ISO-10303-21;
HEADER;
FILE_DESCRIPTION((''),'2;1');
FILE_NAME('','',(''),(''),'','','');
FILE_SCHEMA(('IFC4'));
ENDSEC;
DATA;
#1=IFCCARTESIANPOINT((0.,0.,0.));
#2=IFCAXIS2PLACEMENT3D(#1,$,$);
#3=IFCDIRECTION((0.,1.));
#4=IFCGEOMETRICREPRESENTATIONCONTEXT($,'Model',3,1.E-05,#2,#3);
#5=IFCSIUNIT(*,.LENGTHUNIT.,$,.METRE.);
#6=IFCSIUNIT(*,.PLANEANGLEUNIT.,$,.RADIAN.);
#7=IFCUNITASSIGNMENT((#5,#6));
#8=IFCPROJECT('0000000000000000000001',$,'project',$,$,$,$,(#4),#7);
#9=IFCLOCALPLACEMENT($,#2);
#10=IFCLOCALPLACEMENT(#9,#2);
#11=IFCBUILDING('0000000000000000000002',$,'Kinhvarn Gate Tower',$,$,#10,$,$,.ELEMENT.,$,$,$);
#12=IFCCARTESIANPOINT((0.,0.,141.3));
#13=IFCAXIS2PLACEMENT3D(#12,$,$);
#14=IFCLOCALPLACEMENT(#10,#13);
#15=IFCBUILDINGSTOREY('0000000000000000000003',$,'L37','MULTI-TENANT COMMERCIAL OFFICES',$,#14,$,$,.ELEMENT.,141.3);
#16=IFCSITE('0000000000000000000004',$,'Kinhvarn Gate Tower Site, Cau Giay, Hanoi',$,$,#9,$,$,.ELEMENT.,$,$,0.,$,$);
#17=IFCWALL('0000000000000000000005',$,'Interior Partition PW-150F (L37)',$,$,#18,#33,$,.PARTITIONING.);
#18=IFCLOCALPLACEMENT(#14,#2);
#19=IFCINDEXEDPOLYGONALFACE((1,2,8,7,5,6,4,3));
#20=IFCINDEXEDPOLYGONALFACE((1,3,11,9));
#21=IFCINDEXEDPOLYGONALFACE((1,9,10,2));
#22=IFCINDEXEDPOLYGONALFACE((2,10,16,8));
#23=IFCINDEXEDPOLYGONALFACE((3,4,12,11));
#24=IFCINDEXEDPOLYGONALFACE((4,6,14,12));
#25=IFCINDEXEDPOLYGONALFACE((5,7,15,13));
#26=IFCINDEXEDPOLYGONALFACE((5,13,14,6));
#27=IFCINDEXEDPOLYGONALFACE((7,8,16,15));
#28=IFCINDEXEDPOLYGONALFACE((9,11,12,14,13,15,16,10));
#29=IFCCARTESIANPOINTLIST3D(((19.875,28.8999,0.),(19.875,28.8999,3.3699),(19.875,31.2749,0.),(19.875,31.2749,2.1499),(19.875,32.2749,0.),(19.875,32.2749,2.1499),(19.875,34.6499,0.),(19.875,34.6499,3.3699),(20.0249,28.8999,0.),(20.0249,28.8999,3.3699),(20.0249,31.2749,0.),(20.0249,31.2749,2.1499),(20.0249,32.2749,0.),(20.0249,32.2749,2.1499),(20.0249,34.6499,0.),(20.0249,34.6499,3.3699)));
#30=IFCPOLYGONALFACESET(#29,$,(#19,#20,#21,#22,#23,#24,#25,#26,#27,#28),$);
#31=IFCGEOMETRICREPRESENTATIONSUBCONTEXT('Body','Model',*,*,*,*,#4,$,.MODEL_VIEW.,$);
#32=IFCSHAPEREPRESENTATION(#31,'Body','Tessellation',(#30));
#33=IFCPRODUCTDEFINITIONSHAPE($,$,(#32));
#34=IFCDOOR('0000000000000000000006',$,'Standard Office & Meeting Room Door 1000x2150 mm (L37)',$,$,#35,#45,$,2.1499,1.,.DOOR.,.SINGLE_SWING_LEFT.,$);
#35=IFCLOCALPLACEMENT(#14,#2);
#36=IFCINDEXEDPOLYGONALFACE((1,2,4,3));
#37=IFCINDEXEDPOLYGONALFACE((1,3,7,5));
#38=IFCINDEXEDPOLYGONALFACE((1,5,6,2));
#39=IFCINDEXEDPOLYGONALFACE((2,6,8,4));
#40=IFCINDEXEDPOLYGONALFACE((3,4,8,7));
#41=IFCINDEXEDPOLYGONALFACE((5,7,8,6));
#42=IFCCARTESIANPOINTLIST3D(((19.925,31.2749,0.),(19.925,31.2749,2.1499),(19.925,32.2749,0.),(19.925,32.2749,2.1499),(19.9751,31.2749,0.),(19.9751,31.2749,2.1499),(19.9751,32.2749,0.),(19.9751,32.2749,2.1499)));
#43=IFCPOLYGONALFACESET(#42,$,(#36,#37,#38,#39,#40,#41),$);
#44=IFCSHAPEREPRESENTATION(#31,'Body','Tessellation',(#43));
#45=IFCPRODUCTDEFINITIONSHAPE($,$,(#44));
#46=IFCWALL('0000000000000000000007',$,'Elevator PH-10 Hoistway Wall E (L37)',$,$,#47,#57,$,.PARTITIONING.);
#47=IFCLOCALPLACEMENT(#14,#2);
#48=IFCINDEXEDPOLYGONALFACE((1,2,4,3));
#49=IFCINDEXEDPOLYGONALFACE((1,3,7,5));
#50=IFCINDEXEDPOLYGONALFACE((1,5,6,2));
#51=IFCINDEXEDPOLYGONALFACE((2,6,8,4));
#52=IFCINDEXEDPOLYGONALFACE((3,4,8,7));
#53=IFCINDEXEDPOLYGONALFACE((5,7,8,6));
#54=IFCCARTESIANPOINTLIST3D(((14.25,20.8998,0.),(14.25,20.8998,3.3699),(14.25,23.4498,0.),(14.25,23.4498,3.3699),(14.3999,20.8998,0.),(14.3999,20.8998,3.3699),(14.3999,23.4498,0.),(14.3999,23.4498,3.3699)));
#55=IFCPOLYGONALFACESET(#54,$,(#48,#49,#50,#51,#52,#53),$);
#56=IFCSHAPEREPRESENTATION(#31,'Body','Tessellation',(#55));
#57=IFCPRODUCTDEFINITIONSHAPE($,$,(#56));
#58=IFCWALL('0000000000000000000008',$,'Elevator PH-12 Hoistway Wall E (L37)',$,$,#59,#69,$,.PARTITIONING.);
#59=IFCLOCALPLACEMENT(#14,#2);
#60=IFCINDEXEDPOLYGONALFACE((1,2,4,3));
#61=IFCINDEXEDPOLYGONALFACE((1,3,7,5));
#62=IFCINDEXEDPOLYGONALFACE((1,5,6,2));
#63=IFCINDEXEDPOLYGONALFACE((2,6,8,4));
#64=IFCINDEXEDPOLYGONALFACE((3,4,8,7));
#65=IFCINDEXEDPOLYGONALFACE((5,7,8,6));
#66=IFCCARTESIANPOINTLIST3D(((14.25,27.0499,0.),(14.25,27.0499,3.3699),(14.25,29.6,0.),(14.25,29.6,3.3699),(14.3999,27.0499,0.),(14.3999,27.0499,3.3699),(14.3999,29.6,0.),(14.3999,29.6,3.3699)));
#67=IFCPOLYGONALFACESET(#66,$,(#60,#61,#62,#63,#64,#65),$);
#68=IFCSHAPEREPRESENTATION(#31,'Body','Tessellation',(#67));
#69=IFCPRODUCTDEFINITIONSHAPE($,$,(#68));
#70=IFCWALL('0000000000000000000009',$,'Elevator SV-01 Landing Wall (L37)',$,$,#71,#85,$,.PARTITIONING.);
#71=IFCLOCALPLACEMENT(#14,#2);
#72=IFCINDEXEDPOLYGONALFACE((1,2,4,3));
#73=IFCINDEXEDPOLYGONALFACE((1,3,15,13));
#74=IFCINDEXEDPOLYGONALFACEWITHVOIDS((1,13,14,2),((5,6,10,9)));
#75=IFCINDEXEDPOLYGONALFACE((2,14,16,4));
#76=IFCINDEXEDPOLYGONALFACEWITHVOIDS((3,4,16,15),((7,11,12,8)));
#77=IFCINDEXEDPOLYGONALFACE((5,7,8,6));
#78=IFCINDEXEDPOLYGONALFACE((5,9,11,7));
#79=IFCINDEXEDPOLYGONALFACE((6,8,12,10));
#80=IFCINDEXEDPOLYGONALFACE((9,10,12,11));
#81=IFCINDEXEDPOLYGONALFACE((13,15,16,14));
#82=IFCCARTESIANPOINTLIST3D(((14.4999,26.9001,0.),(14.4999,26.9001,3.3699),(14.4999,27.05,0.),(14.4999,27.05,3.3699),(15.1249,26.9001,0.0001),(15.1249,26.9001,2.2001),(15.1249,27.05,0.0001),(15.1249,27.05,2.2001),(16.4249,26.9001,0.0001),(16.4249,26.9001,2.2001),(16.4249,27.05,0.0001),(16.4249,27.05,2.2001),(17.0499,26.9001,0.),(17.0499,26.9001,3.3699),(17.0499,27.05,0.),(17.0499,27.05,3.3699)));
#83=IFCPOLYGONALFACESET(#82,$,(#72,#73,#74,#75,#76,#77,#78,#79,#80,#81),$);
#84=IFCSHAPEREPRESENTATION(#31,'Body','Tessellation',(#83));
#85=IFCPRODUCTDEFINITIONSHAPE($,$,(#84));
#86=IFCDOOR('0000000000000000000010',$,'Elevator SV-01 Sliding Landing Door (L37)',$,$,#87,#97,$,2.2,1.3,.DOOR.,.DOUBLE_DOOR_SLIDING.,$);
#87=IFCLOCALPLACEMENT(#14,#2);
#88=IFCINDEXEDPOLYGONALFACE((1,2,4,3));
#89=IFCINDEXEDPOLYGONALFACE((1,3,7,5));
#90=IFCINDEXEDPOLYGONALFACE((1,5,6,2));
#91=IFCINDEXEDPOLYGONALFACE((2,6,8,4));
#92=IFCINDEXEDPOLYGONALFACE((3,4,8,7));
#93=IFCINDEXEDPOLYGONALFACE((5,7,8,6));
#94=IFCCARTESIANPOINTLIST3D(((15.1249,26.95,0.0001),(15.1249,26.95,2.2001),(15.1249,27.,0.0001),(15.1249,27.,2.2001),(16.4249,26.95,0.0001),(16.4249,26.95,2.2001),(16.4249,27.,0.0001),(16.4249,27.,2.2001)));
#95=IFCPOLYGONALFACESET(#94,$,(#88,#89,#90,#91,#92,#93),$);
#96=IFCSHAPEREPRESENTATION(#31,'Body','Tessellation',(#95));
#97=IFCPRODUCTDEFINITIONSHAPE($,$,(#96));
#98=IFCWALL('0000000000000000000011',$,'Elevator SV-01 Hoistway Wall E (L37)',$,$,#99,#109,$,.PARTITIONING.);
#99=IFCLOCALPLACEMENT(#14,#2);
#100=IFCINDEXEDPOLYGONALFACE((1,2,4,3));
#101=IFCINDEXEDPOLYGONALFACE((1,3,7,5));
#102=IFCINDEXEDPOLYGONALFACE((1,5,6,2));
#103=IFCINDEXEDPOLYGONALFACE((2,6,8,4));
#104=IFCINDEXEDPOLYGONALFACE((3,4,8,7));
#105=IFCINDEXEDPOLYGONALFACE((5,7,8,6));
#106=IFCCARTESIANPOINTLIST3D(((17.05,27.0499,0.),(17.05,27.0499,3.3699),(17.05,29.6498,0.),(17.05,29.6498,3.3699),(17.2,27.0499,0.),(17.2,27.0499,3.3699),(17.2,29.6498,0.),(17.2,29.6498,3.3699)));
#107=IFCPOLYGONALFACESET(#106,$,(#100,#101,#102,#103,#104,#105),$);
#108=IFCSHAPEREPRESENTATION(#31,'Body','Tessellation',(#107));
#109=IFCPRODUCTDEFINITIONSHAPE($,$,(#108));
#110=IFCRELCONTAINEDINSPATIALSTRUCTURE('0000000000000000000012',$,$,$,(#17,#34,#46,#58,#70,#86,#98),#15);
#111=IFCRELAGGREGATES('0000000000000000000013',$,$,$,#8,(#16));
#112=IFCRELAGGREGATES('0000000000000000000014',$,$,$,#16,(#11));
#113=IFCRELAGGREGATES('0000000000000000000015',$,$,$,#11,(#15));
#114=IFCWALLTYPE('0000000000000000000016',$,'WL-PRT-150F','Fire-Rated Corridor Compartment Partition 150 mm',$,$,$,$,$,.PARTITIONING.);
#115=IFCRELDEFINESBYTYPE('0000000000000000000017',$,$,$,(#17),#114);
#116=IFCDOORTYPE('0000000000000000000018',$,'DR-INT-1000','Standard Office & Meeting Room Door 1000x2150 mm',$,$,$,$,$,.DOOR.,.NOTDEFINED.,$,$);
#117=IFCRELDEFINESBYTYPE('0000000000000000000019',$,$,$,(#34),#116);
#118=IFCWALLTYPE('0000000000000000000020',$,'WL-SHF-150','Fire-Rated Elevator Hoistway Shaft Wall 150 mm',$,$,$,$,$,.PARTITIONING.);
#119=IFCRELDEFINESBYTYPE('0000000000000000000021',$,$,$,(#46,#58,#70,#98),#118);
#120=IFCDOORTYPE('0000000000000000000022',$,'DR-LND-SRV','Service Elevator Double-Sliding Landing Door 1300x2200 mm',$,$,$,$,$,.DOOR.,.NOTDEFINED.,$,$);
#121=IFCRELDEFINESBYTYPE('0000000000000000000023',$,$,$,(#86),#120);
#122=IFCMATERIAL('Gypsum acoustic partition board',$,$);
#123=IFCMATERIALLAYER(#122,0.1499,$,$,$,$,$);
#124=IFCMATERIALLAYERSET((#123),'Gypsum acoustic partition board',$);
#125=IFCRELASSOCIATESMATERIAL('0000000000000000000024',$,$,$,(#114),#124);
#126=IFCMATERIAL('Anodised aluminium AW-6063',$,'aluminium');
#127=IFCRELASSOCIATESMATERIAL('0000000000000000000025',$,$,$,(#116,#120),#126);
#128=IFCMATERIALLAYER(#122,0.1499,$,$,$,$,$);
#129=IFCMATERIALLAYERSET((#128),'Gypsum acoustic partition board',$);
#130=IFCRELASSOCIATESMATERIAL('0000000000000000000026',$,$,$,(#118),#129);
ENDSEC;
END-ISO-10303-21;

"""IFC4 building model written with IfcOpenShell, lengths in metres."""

from ifc_helpers import new_model, si_unit, direction, frame, frame_2d, origin, place, context, subcontext, project, spatial, rectangle, extrude, material, layer, layer_set, type_object, element, fill, save


model = new_model("IFC4")

# Units and contexts
model_context = context("Model", 3, precision=1e-05, world=origin(), true_north=direction((0.0, 1.0)))
body_context = subcontext(model_context, "Body", "Model", "MODEL_VIEW")
ifc_project = project(units=[si_unit("LENGTHUNIT", "METRE"), si_unit("PLANEANGLEUNIT", "RADIAN")], contexts=[model_context])

# Site, building, storey
site_placement = place(None, origin())
site = spatial("IfcSite", under=ifc_project, at=site_placement, Name="Kinhvarn Gate Tower Site, Cau Giay, Hanoi", CompositionType="ELEMENT", RefElevation=0.0)
building_placement = place(site_placement, origin())
building = spatial("IfcBuilding", under=site, at=building_placement, Name="Kinhvarn Gate Tower", CompositionType="ELEMENT")
storey_placement = place(building_placement, frame((0.0, 0.0, 141.3)))
storey = spatial("IfcBuildingStorey", under=building, at=storey_placement, Name="L37", Description="MULTI-TENANT COMMERCIAL OFFICES", CompositionType="ELEMENT", Elevation=141.3)

# Shared definitions
ifc_material_1 = material(Name="Anodised aluminium AW-6063", Category="aluminium")

# Shared definitions
ifc_material_2 = material(Name="Gypsum acoustic partition board")

# Shared definitions
ifc_layer_1 = layer(ifc_material_2, 0.1499)
ifc_layer_set_1 = layer_set([ifc_layer_1], Name="Gypsum acoustic partition board")
wall_type_1 = type_object("IfcWallType", Name="WL-PRT-150F", Description="Fire-Rated Corridor Compartment Partition 150 mm", PredefinedType="PARTITIONING", material=ifc_layer_set_1)

# Wall, opening, door
wall_1_placement = place(storey_placement, frame((19.95, 28.8999, 0.0), z_axis=(0.0, 0.0, 1.0), x_axis=(0.0, 1.0, 0.0)))
wall_1 = element("IfcWall", 1, at=wall_1_placement, inside=storey, type_object=wall_type_1, Name="Interior Partition PW-150F (L37)", PredefinedType="PARTITIONING", context=body_context, shape_type="SweptSolid", body=[
    extrude(rectangle(XDim=5.75, YDim=0.1499, at=frame_2d((2.875, 0.0))), origin(), (0.0, 0.0, 1.0), 3.3699),
])
opening_1_placement = place(wall_1_placement, frame((2.375, 0.0, 0.0)))
opening_1 = element("IfcOpeningElement", 2, at=opening_1_placement, cuts=wall_1, PredefinedType="OPENING", context=body_context, shape_type="SweptSolid", body=[
    extrude(rectangle(XDim=1.0, YDim=2.1499, at=frame_2d((0.5, 1.075))), frame((0.0, 0.085, 0.0), z_axis=(0.0, -1.0, 0.0), x_axis=(1.0, 0.0, 0.0)), (0.0, 0.0, 1.0), 0.1699),
])
door_type_1 = type_object("IfcDoorType", Name="DR-INT-1000", Description="Standard Office & Meeting Room Door 1000x2150 mm", OperationType="NOTDEFINED", PredefinedType="DOOR", material=ifc_material_1)
door_1_placement = place(opening_1_placement, origin())
door_1 = element("IfcDoor", 3, at=door_1_placement, inside=storey, type_object=door_type_1, Name="Standard Office & Meeting Room Door 1000x2150 mm (L37)", OperationType="SINGLE_SWING_LEFT", OverallHeight=2.1499, OverallWidth=1.0, PredefinedType="DOOR", context=body_context, shape_type="SweptSolid", body=[
    extrude(rectangle(XDim=1.0, YDim=2.1499, at=frame_2d((0.5, 1.075))), frame((0.0, 0.0249, 0.0), z_axis=(0.0, -1.0, 0.0), x_axis=(1.0, 0.0, 0.0)), (0.0, 0.0, 1.0), 0.05),
])
fill(opening_1, door_1)

# Walls
ifc_layer_2 = layer(ifc_material_2, 0.1499)
ifc_layer_set_2 = layer_set([ifc_layer_2], Name="Gypsum acoustic partition board")
wall_type_2 = type_object("IfcWallType", Name="WL-SHF-150", Description="Fire-Rated Elevator Hoistway Shaft Wall 150 mm", PredefinedType="PARTITIONING", material=ifc_layer_set_2)
for number, where, z_axis, x_axis, name in (
    (4, (14.325, 20.8999, 0.0), (0.0, 0.0, 1.0), (0.0, 1.0, 0.0), "Elevator PH-10 Hoistway Wall E (L37)"),
    (5, (14.325, 27.05, 0.0), (0.0, 0.0, 1.0), (0.0, 1.0, 0.0), "Elevator PH-12 Hoistway Wall E (L37)"),
):
    element("IfcWall", number, at=place(storey_placement, frame(where, z_axis=z_axis, x_axis=x_axis)), inside=storey, type_object=wall_type_2, Name=name, PredefinedType="PARTITIONING", context=body_context, shape_type="SweptSolid", body=[
        extrude(rectangle(XDim=2.55, YDim=0.1499, at=frame_2d((1.2749, 0.0))), origin(), (0.0, 0.0, 1.0), 3.3699),
    ])

# Wall, opening, door
wall_2_placement = place(storey_placement, frame((14.5, 26.9751, 0.0), z_axis=(0.0, 0.0, 1.0), x_axis=(1.0, 0.0, 0.0)))
wall_2 = element("IfcWall", 6, at=wall_2_placement, inside=storey, type_object=wall_type_2, Name="Elevator SV-01 Landing Wall (L37)", PredefinedType="PARTITIONING", context=body_context, shape_type="SweptSolid", body=[
    extrude(rectangle(XDim=2.55, YDim=0.1499, at=frame_2d((1.2749, 0.0))), origin(), (0.0, 0.0, 1.0), 3.3699),
])
opening_2_placement = place(wall_2_placement, frame((0.625, 0.0, 0.0)))
opening_2 = element("IfcOpeningElement", 7, at=opening_2_placement, cuts=wall_2, PredefinedType="OPENING", context=body_context, shape_type="SweptSolid", body=[
    extrude(rectangle(XDim=1.3, YDim=2.2, at=frame_2d((0.6499, 1.1001))), frame((0.0, 0.085, 0.0), z_axis=(0.0, -1.0, 0.0), x_axis=(1.0, 0.0, 0.0)), (0.0, 0.0, 1.0), 0.1699),
])
door_type_2 = type_object("IfcDoorType", Name="DR-LND-SRV", Description="Service Elevator Double-Sliding Landing Door 1300x2200 mm", OperationType="NOTDEFINED", PredefinedType="DOOR", material=ifc_material_1)
door_2_placement = place(opening_2_placement, origin())
door_2 = element("IfcDoor", 8, at=door_2_placement, inside=storey, type_object=door_type_2, Name="Elevator SV-01 Sliding Landing Door (L37)", OperationType="DOUBLE_DOOR_SLIDING", OverallHeight=2.2, OverallWidth=1.3, PredefinedType="DOOR", context=body_context, shape_type="SweptSolid", body=[
    extrude(rectangle(XDim=1.3, YDim=2.2, at=frame_2d((0.6499, 1.1001))), frame((0.0, 0.0249, 0.0), z_axis=(0.0, -1.0, 0.0), x_axis=(1.0, 0.0, 0.0)), (0.0, 0.0, 1.0), 0.05),
])
fill(opening_2, door_2)

# Wall
wall_3_placement = place(storey_placement, frame((17.125, 27.05, 0.0), z_axis=(0.0, 0.0, 1.0), x_axis=(0.0, 1.0, 0.0)))
element("IfcWall", 9, at=wall_3_placement, inside=storey, type_object=wall_type_2, Name="Elevator SV-01 Hoistway Wall E (L37)", PredefinedType="PARTITIONING", context=body_context, shape_type="SweptSolid", body=[
    extrude(rectangle(XDim=2.5999, YDim=0.1499, at=frame_2d((1.2998, 0.0))), origin(), (0.0, 0.0, 1.0), 3.3699),
])

save(model, "model.ifc")
